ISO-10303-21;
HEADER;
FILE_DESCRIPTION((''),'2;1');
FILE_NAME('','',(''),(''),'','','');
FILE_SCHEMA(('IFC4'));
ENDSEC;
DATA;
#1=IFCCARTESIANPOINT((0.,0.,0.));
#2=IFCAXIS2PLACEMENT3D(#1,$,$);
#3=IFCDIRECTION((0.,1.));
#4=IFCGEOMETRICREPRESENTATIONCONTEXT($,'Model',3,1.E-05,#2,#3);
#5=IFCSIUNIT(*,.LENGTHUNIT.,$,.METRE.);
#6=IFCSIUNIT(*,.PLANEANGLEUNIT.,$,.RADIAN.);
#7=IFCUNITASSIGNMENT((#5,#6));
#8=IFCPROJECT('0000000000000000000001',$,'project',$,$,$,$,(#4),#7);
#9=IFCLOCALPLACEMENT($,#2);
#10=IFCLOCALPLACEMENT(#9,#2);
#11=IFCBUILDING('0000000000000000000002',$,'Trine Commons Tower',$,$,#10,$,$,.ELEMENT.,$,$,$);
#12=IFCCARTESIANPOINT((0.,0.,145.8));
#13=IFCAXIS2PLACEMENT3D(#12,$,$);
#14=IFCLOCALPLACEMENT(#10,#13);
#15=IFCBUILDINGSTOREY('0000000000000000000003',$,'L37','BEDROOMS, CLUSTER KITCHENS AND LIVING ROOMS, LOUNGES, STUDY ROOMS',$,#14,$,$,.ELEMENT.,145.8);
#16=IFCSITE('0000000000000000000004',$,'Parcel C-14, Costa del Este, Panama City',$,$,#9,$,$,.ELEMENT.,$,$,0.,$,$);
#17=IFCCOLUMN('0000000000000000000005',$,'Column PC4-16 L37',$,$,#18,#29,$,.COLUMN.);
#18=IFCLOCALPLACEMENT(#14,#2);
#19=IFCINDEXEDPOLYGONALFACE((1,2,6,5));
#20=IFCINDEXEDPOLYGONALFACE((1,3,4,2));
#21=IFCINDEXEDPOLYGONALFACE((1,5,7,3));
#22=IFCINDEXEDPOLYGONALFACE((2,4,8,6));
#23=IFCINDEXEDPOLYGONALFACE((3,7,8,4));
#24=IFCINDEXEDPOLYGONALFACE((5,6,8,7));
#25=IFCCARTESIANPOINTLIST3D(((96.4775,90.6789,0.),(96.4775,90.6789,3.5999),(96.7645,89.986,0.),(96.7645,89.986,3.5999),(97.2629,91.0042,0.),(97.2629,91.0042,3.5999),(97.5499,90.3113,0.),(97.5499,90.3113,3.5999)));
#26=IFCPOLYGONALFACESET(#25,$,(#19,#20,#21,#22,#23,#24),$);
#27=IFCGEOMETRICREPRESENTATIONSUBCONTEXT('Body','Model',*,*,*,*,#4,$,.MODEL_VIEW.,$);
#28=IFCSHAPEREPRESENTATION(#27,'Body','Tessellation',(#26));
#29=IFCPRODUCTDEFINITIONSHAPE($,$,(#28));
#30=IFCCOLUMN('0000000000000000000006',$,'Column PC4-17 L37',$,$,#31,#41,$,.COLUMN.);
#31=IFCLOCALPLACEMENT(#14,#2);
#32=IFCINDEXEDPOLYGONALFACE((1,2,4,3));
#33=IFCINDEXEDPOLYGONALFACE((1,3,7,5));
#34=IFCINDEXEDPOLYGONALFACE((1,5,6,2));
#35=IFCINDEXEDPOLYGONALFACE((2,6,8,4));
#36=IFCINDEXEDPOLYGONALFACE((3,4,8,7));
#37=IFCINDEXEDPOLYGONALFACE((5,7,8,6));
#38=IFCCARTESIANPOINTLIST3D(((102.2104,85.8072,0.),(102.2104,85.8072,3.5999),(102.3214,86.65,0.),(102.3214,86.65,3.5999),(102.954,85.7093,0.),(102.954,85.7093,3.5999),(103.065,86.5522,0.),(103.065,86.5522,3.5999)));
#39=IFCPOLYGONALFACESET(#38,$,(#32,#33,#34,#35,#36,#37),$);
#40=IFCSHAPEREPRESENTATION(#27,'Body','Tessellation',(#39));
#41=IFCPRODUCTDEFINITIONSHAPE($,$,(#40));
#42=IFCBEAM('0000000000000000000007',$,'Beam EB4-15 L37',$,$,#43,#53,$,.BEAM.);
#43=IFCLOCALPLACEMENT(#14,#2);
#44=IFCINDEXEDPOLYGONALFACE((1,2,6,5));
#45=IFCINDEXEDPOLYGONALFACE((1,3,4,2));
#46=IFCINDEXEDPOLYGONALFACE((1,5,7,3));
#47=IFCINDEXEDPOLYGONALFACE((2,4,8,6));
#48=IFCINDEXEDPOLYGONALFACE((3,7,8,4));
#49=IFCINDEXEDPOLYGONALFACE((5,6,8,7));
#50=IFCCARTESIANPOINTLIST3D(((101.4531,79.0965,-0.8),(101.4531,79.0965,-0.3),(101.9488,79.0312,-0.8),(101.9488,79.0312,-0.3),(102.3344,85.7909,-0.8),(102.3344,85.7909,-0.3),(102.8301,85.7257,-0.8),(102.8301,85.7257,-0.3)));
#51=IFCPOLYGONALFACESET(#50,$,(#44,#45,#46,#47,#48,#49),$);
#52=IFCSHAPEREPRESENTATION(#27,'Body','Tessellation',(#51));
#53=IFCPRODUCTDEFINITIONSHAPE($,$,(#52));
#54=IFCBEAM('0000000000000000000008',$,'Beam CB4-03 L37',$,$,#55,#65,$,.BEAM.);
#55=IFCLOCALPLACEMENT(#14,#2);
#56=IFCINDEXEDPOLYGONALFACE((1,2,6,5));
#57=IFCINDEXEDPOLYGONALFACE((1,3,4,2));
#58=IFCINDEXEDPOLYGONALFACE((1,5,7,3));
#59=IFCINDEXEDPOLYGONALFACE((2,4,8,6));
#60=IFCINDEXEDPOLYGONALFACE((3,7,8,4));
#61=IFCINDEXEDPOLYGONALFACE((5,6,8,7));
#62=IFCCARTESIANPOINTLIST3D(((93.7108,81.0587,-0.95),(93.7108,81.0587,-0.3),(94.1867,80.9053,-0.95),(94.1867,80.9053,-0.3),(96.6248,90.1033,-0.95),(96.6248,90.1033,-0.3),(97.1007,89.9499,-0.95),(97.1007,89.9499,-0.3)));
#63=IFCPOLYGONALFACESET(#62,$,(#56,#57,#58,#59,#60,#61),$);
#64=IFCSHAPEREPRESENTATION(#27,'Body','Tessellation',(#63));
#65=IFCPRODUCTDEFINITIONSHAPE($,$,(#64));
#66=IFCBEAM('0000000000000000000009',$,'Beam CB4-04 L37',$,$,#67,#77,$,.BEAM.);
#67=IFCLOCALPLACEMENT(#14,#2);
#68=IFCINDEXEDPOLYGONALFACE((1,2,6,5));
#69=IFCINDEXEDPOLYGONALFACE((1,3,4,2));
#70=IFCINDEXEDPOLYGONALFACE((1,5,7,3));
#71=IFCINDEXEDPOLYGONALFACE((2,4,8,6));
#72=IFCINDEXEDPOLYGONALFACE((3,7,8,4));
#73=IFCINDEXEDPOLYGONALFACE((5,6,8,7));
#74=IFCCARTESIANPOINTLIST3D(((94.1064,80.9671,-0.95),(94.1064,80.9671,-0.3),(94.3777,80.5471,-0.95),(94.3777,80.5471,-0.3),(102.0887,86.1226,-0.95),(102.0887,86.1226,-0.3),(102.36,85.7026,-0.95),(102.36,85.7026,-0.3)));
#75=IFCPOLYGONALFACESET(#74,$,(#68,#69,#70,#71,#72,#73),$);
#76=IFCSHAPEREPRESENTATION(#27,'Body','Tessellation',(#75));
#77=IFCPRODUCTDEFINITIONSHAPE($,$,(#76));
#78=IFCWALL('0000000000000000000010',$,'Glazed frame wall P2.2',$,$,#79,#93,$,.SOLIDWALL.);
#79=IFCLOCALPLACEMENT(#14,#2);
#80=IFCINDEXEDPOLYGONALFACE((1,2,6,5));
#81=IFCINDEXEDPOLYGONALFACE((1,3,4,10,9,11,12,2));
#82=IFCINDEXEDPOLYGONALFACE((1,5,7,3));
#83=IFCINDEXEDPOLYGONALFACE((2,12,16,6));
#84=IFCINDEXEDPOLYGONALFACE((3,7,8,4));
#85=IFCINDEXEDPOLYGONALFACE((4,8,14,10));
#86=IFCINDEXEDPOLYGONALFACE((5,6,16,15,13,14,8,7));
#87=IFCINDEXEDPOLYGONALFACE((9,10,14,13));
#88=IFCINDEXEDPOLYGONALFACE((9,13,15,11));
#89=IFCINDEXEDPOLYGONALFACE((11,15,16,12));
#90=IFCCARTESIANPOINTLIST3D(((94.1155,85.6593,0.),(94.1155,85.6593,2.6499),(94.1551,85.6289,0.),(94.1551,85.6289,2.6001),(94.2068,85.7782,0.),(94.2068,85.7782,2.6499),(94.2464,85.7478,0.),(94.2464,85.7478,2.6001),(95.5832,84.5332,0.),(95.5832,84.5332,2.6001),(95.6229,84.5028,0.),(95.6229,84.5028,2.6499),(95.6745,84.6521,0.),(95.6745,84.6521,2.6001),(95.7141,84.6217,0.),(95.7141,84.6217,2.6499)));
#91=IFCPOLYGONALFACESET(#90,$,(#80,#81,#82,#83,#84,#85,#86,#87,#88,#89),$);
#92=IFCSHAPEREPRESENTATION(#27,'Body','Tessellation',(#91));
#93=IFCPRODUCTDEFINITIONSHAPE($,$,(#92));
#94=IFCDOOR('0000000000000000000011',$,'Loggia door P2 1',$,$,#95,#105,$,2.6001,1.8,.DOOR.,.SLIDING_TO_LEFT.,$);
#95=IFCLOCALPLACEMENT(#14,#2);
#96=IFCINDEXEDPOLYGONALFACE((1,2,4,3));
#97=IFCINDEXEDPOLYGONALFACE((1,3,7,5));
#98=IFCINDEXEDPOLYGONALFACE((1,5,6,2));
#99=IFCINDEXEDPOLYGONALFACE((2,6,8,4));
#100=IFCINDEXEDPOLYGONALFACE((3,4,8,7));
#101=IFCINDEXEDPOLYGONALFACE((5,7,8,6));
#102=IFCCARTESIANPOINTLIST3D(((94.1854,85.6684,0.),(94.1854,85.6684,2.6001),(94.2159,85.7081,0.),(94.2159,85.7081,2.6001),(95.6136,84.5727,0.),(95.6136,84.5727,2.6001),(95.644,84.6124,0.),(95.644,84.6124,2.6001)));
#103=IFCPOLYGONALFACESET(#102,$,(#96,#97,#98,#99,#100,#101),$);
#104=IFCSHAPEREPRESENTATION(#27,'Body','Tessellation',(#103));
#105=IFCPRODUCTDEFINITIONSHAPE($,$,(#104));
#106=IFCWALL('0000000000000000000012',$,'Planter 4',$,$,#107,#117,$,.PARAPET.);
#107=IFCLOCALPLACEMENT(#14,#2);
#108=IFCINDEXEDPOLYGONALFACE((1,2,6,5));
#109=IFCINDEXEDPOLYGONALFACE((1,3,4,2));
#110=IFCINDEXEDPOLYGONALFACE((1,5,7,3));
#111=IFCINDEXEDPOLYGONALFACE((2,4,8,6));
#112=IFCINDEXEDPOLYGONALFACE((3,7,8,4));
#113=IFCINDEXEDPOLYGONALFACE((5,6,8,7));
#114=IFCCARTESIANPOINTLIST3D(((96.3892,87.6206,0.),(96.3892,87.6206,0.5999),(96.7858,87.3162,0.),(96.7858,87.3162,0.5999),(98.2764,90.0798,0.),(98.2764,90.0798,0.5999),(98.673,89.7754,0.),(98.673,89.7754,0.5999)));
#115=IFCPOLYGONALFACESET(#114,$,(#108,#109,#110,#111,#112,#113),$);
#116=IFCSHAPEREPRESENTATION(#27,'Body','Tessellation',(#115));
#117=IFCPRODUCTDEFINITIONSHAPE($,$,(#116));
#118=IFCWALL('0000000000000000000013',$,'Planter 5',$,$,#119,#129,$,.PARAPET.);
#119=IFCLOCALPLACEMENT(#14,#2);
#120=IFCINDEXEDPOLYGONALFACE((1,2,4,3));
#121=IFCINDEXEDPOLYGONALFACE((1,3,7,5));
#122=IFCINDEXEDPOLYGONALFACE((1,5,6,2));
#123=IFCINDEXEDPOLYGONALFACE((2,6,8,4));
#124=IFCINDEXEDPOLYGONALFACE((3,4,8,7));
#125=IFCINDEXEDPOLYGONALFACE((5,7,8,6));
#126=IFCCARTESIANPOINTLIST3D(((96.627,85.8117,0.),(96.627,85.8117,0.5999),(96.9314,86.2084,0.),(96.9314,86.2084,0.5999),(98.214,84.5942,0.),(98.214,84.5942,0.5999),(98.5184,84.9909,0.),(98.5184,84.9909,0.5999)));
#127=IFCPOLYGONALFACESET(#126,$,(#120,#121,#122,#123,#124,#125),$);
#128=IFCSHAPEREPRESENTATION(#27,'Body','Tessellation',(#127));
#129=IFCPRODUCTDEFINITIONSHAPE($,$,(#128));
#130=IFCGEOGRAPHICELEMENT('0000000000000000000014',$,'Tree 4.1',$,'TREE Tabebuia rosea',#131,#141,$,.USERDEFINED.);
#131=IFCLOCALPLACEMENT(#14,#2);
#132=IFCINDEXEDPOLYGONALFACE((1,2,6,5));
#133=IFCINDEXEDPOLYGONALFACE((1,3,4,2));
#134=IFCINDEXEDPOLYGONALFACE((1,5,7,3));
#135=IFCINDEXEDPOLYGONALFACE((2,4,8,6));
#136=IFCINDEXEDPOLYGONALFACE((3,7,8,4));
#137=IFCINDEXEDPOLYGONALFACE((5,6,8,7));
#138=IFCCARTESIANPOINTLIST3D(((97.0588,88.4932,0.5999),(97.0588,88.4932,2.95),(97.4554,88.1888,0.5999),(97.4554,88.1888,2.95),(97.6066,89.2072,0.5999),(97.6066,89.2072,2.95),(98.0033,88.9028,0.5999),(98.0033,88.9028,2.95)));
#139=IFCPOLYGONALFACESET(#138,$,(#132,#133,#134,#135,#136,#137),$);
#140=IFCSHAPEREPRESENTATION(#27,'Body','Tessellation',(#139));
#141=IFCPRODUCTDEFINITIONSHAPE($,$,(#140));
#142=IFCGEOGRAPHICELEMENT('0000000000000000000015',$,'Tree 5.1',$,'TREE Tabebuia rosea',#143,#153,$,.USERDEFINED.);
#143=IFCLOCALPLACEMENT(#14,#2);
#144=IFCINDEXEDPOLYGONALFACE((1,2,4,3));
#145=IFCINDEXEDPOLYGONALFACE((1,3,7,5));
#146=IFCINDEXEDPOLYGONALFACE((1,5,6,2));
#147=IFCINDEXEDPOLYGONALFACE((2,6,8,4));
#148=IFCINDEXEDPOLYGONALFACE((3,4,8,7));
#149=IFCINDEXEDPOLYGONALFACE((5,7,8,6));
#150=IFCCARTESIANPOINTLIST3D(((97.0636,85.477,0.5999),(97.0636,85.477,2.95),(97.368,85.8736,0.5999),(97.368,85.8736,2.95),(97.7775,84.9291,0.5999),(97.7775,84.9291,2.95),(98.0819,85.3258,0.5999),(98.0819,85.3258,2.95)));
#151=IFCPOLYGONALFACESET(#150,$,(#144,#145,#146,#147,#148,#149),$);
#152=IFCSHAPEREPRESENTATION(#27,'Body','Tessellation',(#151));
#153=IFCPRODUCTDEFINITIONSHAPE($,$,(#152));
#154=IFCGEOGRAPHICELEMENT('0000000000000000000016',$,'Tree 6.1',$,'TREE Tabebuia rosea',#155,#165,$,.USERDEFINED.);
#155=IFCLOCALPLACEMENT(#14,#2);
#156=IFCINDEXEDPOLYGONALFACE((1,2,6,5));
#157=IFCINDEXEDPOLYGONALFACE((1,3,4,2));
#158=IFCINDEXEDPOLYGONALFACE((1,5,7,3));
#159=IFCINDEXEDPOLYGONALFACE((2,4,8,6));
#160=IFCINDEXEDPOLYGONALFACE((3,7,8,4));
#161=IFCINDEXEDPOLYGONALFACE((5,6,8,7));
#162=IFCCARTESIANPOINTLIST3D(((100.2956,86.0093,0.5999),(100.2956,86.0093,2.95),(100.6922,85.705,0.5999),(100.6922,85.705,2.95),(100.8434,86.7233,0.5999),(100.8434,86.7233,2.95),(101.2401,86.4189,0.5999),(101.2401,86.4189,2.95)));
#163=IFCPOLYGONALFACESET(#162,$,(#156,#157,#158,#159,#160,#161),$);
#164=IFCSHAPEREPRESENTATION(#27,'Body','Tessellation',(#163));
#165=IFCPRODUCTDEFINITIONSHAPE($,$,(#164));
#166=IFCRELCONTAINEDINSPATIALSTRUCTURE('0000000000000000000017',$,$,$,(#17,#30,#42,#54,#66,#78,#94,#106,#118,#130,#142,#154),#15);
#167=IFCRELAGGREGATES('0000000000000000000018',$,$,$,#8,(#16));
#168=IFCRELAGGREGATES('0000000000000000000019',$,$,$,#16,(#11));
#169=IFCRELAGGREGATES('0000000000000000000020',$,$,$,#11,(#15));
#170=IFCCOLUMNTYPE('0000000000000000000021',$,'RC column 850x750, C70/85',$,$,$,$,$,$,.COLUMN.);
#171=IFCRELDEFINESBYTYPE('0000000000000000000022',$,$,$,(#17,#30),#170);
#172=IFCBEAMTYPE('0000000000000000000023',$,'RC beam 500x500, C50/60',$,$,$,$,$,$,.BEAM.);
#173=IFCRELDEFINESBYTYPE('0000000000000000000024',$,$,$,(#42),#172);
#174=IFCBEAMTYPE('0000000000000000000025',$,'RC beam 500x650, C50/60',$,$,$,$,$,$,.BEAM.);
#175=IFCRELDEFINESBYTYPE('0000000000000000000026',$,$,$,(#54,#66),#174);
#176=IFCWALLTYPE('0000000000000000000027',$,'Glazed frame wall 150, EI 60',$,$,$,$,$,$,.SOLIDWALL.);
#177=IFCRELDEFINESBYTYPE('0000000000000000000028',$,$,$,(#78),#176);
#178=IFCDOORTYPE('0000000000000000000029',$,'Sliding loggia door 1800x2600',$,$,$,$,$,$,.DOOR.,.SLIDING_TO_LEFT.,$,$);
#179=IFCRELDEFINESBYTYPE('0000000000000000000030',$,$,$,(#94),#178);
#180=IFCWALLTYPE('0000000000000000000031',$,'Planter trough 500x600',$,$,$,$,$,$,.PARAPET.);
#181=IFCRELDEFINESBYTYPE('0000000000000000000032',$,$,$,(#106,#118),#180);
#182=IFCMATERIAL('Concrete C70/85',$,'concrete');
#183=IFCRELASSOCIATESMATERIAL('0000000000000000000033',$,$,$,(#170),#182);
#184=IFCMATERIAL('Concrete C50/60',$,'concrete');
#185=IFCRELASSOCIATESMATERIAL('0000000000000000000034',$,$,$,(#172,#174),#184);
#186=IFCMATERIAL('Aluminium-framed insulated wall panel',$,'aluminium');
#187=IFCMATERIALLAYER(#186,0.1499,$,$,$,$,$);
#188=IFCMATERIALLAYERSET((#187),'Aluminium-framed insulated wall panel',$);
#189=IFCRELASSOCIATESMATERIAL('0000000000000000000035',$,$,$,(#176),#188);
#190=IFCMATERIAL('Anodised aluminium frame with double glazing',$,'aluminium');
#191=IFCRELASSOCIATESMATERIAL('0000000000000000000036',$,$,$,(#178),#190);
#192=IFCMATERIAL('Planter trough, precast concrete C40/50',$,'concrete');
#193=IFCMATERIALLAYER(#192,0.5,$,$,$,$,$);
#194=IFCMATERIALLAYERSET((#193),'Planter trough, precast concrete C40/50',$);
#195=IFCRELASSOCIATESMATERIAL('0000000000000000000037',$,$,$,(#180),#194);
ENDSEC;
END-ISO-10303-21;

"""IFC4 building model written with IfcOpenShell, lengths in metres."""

from ifc_helpers import new_model, si_unit, direction, frame, frame_2d, origin, origin_2d, place, context, subcontext, project, spatial, polyline, rectangle, outline, extrude, material, layer, layer_set, material_profile, profile_set, type_object, element, fill, save


model = new_model("IFC4")

# Units and contexts
model_context = context("Model", 3, precision=1e-05, world=origin(), true_north=direction((0.0, 1.0)))
body_context = subcontext(model_context, "Body", "Model", "MODEL_VIEW")
ifc_project = project(units=[si_unit("LENGTHUNIT", "METRE"), si_unit("PLANEANGLEUNIT", "RADIAN")], contexts=[model_context])

# Site, building, storey
site_placement = place(None, origin())
site = spatial("IfcSite", under=ifc_project, at=site_placement, Name="Parcel C-14, Costa del Este, Panama City", CompositionType="ELEMENT", RefElevation=0.0)
building_placement = place(site_placement, origin())
building = spatial("IfcBuilding", under=site, at=building_placement, Name="Trine Commons Tower", CompositionType="ELEMENT")
storey_placement = place(building_placement, frame((0.0, 0.0, 145.8)))
storey = spatial("IfcBuildingStorey", under=building, at=storey_placement, Name="L37", Description="BEDROOMS, CLUSTER KITCHENS AND LIVING ROOMS, LOUNGES, STUDY ROOMS", CompositionType="ELEMENT", Elevation=145.8)

# Columns
ifc_material_1 = material(Name="Concrete C70/85", Category="concrete")
ifc_material_profile_1 = material_profile(ifc_material_1, rectangle(XDim=0.8501, YDim=0.75, at=origin_2d()), Name="RC 850x750")
ifc_profile_set_1 = profile_set([ifc_material_profile_1], Name="Concrete C70/85")
column_type = type_object("IfcColumnType", Name="RC column 850x750, C70/85", PredefinedType="COLUMN", material=ifc_profile_set_1)
for number, where, z_axis, x_axis, name in (
    (1, (97.0137, 90.4951, 0.0), (0.0, 0.0, 1.0), (0.92388, 0.382683, 0.0), "Column PC4-16 L37"),
    (2, (102.6377, 86.1797, 0.0), (0.0, 0.0, 1.0), (0.130526, 0.991445, 0.0), "Column PC4-17 L37"),
):
    element("IfcColumn", number, at=place(storey_placement, frame(where, z_axis=z_axis, x_axis=x_axis)), inside=storey, type_object=column_type, Name=name, PredefinedType="COLUMN", context=body_context, shape_type="SweptSolid", body=[
        extrude(rectangle(XDim=0.8501, YDim=0.75, at=origin_2d()), origin(), (0.0, 0.0, 1.0), 3.5999),
    ])

# Beams
ifc_material_2 = material(Name="Concrete C50/60", Category="concrete")
ifc_material_profile_2 = material_profile(ifc_material_2, rectangle(XDim=0.5, YDim=0.5, at=origin_2d()), Name="RC 500x500")
ifc_profile_set_2 = profile_set([ifc_material_profile_2], Name="Concrete C50/60")
beam_type_1 = type_object("IfcBeamType", Name="RC beam 500x500, C50/60", PredefinedType="BEAM", material=ifc_profile_set_2)
beam_placement = place(storey_placement, frame((102.5823, 85.7583, -0.55), z_axis=(-0.130529, -0.991444, 0.0), x_axis=(0.991444, -0.130529, 0.0)))
element("IfcBeam", 3, at=beam_placement, inside=storey, type_object=beam_type_1, Name="Beam EB4-15 L37", PredefinedType="BEAM", context=body_context, shape_type="SweptSolid", body=[
    extrude(rectangle(XDim=0.5, YDim=0.5, at=origin_2d()), origin(), (0.0, 0.0, 1.0), 6.7522),
])
ifc_material_profile_3 = material_profile(ifc_material_2, rectangle(XDim=0.5, YDim=0.6499, at=origin_2d()), Name="RC 500x650")
ifc_profile_set_3 = profile_set([ifc_material_profile_3], Name="Concrete C50/60")
beam_type_2 = type_object("IfcBeamType", Name="RC beam 500x650, C50/60", PredefinedType="BEAM", material=ifc_profile_set_3)
for number, where, z_axis, x_axis, name in (
    (4, (96.8628, 90.0266, -0.625), (-0.306662, -0.951818, 0.0), (0.951818, -0.306662, 0.0), "Beam CB4-03 L37"),
    (5, (102.2244, 85.9126, -0.625), (-0.84003, -0.542541, 0.0), (0.542541, -0.84003, 0.0), "Beam CB4-04 L37"),
):
    element("IfcBeam", number, at=place(storey_placement, frame(where, z_axis=z_axis, x_axis=x_axis)), inside=storey, type_object=beam_type_2, Name=name, PredefinedType="BEAM", context=body_context, shape_type="SweptSolid", body=[
        extrude(rectangle(XDim=0.5, YDim=0.6499, at=origin_2d()), origin(), (0.0, 0.0, 1.0), 9.5024),
    ])

# Shared definitions
ifc_material_3 = material(Name="Aluminium-framed insulated wall panel", Category="aluminium")
ifc_layer_1 = layer(ifc_material_3, 0.1499)
ifc_layer_set_1 = layer_set([ifc_layer_1], Name="Aluminium-framed insulated wall panel")
wall_type_1 = type_object("IfcWallType", Name="Glazed frame wall 150, EI 60", PredefinedType="SOLIDWALL", material=ifc_layer_set_1)

# Wall, opening, door
wall_1_placement = place(storey_placement, frame((94.1611, 85.7188, 0.0), z_axis=(0.0, 0.0, 1.0), x_axis=(0.793383, -0.608723, 0.0)))
wall_1 = element("IfcWall", 6, at=wall_1_placement, inside=storey, type_object=wall_type_1, Name="Glazed frame wall P2.2", PredefinedType="SOLIDWALL", context=body_context, shape_type="SweptSolid", body=[
    extrude(outline(polyline([(0.0, -0.075), (1.8999, -0.075), (1.8999, 0.075), (0.0, 0.075), (0.0, -0.075)])), origin(), (0.0, 0.0, 1.0), 2.6499),
])
opening_placement = place(wall_1_placement, frame((0.05, 0.0, 0.0)))
opening = element("IfcOpeningElement", 7, at=opening_placement, cuts=wall_1, PredefinedType="OPENING", context=body_context, shape_type="SweptSolid", body=[
    extrude(rectangle(XDim=1.8, YDim=2.6001, at=frame_2d((0.8999, 1.3))), frame((0.0, 0.085, 0.0), z_axis=(0.0, -1.0, 0.0), x_axis=(1.0, 0.0, 0.0)), (0.0, 0.0, 1.0), 0.1699),
])
ifc_material_4 = material(Name="Anodised aluminium frame with double glazing", Category="aluminium")
door_type = type_object("IfcDoorType", Name="Sliding loggia door 1800x2600", OperationType="SLIDING_TO_LEFT", PredefinedType="DOOR", material=ifc_material_4)
door_placement = place(opening_placement, origin())
door = element("IfcDoor", 8, at=door_placement, inside=storey, type_object=door_type, Name="Loggia door P2 1", OperationType="SLIDING_TO_LEFT", OverallHeight=2.6001, OverallWidth=1.8, PredefinedType="DOOR", context=body_context, shape_type="SweptSolid", body=[
    extrude(rectangle(XDim=1.8, YDim=2.6001, at=frame_2d((0.8999, 1.3))), frame((0.0, 0.0249, 0.0), z_axis=(0.0, -1.0, 0.0), x_axis=(1.0, 0.0, 0.0)), (0.0, 0.0, 1.0), 0.05),
])
fill(opening, door)

# Walls
ifc_material_5 = material(Name="Planter trough, precast concrete C40/50", Category="concrete")
ifc_layer_2 = layer(ifc_material_5, 0.5)
ifc_layer_set_2 = layer_set([ifc_layer_2], Name="Planter trough, precast concrete C40/50")
wall_type_2 = type_object("IfcWallType", Name="Planter trough 500x600", PredefinedType="PARAPET", material=ifc_layer_set_2)
wall_2_placement = place(storey_placement, frame((98.4746, 89.9275, 0.0), z_axis=(0.0, 0.0, 1.0), x_axis=(-0.608797, -0.793326, 0.0)))
element("IfcWall", 9, at=wall_2_placement, inside=storey, type_object=wall_type_2, Name="Planter 4", PredefinedType="PARAPET", context=body_context, shape_type="SweptSolid", body=[
    extrude(rectangle(XDim=3.0999, YDim=0.5, at=frame_2d((1.5498, 0.0))), origin(), (0.0, 0.0, 1.0), 0.5999),
])
wall_3_placement = place(storey_placement, frame((96.7793, 86.01, 0.0), z_axis=(0.0, 0.0, 1.0), x_axis=(0.79339, -0.608713, 0.0)))
element("IfcWall", 10, at=wall_3_placement, inside=storey, type_object=wall_type_2, Name="Planter 5", PredefinedType="PARAPET", context=body_context, shape_type="SweptSolid", body=[
    extrude(rectangle(XDim=2.0002, YDim=0.5, at=frame_2d((1.0, 0.0))), origin(), (0.0, 0.0, 1.0), 0.5999),
])

# Geographic elements
for number, where, z_axis, x_axis, name in (
    (11, (97.531, 88.698, 0.5999), (0.0, 0.0, 1.0), (-0.608755, -0.793359, 0.0), "Tree 4.1"),
    (12, (97.5728, 85.4014, 0.5999), (0.0, 0.0, 1.0), (0.793335, -0.608785, 0.0), "Tree 5.1"),
    (13, (100.7678, 86.2141, 0.5999), (0.0, 0.0, 1.0), (0.608768, 0.793348, 0.0), "Tree 6.1"),
):
    element("IfcGeographicElement", number, at=place(storey_placement, frame(where, z_axis=z_axis, x_axis=x_axis)), inside=storey, Name=name, ObjectType="TREE Tabebuia rosea", PredefinedType="USERDEFINED", context=body_context, shape_type="SweptSolid", body=[
        extrude(rectangle(XDim=0.8999, YDim=0.5, at=origin_2d()), origin(), (0.0, 0.0, 1.0), 2.3501),
    ])

save(model, "model.ifc")
